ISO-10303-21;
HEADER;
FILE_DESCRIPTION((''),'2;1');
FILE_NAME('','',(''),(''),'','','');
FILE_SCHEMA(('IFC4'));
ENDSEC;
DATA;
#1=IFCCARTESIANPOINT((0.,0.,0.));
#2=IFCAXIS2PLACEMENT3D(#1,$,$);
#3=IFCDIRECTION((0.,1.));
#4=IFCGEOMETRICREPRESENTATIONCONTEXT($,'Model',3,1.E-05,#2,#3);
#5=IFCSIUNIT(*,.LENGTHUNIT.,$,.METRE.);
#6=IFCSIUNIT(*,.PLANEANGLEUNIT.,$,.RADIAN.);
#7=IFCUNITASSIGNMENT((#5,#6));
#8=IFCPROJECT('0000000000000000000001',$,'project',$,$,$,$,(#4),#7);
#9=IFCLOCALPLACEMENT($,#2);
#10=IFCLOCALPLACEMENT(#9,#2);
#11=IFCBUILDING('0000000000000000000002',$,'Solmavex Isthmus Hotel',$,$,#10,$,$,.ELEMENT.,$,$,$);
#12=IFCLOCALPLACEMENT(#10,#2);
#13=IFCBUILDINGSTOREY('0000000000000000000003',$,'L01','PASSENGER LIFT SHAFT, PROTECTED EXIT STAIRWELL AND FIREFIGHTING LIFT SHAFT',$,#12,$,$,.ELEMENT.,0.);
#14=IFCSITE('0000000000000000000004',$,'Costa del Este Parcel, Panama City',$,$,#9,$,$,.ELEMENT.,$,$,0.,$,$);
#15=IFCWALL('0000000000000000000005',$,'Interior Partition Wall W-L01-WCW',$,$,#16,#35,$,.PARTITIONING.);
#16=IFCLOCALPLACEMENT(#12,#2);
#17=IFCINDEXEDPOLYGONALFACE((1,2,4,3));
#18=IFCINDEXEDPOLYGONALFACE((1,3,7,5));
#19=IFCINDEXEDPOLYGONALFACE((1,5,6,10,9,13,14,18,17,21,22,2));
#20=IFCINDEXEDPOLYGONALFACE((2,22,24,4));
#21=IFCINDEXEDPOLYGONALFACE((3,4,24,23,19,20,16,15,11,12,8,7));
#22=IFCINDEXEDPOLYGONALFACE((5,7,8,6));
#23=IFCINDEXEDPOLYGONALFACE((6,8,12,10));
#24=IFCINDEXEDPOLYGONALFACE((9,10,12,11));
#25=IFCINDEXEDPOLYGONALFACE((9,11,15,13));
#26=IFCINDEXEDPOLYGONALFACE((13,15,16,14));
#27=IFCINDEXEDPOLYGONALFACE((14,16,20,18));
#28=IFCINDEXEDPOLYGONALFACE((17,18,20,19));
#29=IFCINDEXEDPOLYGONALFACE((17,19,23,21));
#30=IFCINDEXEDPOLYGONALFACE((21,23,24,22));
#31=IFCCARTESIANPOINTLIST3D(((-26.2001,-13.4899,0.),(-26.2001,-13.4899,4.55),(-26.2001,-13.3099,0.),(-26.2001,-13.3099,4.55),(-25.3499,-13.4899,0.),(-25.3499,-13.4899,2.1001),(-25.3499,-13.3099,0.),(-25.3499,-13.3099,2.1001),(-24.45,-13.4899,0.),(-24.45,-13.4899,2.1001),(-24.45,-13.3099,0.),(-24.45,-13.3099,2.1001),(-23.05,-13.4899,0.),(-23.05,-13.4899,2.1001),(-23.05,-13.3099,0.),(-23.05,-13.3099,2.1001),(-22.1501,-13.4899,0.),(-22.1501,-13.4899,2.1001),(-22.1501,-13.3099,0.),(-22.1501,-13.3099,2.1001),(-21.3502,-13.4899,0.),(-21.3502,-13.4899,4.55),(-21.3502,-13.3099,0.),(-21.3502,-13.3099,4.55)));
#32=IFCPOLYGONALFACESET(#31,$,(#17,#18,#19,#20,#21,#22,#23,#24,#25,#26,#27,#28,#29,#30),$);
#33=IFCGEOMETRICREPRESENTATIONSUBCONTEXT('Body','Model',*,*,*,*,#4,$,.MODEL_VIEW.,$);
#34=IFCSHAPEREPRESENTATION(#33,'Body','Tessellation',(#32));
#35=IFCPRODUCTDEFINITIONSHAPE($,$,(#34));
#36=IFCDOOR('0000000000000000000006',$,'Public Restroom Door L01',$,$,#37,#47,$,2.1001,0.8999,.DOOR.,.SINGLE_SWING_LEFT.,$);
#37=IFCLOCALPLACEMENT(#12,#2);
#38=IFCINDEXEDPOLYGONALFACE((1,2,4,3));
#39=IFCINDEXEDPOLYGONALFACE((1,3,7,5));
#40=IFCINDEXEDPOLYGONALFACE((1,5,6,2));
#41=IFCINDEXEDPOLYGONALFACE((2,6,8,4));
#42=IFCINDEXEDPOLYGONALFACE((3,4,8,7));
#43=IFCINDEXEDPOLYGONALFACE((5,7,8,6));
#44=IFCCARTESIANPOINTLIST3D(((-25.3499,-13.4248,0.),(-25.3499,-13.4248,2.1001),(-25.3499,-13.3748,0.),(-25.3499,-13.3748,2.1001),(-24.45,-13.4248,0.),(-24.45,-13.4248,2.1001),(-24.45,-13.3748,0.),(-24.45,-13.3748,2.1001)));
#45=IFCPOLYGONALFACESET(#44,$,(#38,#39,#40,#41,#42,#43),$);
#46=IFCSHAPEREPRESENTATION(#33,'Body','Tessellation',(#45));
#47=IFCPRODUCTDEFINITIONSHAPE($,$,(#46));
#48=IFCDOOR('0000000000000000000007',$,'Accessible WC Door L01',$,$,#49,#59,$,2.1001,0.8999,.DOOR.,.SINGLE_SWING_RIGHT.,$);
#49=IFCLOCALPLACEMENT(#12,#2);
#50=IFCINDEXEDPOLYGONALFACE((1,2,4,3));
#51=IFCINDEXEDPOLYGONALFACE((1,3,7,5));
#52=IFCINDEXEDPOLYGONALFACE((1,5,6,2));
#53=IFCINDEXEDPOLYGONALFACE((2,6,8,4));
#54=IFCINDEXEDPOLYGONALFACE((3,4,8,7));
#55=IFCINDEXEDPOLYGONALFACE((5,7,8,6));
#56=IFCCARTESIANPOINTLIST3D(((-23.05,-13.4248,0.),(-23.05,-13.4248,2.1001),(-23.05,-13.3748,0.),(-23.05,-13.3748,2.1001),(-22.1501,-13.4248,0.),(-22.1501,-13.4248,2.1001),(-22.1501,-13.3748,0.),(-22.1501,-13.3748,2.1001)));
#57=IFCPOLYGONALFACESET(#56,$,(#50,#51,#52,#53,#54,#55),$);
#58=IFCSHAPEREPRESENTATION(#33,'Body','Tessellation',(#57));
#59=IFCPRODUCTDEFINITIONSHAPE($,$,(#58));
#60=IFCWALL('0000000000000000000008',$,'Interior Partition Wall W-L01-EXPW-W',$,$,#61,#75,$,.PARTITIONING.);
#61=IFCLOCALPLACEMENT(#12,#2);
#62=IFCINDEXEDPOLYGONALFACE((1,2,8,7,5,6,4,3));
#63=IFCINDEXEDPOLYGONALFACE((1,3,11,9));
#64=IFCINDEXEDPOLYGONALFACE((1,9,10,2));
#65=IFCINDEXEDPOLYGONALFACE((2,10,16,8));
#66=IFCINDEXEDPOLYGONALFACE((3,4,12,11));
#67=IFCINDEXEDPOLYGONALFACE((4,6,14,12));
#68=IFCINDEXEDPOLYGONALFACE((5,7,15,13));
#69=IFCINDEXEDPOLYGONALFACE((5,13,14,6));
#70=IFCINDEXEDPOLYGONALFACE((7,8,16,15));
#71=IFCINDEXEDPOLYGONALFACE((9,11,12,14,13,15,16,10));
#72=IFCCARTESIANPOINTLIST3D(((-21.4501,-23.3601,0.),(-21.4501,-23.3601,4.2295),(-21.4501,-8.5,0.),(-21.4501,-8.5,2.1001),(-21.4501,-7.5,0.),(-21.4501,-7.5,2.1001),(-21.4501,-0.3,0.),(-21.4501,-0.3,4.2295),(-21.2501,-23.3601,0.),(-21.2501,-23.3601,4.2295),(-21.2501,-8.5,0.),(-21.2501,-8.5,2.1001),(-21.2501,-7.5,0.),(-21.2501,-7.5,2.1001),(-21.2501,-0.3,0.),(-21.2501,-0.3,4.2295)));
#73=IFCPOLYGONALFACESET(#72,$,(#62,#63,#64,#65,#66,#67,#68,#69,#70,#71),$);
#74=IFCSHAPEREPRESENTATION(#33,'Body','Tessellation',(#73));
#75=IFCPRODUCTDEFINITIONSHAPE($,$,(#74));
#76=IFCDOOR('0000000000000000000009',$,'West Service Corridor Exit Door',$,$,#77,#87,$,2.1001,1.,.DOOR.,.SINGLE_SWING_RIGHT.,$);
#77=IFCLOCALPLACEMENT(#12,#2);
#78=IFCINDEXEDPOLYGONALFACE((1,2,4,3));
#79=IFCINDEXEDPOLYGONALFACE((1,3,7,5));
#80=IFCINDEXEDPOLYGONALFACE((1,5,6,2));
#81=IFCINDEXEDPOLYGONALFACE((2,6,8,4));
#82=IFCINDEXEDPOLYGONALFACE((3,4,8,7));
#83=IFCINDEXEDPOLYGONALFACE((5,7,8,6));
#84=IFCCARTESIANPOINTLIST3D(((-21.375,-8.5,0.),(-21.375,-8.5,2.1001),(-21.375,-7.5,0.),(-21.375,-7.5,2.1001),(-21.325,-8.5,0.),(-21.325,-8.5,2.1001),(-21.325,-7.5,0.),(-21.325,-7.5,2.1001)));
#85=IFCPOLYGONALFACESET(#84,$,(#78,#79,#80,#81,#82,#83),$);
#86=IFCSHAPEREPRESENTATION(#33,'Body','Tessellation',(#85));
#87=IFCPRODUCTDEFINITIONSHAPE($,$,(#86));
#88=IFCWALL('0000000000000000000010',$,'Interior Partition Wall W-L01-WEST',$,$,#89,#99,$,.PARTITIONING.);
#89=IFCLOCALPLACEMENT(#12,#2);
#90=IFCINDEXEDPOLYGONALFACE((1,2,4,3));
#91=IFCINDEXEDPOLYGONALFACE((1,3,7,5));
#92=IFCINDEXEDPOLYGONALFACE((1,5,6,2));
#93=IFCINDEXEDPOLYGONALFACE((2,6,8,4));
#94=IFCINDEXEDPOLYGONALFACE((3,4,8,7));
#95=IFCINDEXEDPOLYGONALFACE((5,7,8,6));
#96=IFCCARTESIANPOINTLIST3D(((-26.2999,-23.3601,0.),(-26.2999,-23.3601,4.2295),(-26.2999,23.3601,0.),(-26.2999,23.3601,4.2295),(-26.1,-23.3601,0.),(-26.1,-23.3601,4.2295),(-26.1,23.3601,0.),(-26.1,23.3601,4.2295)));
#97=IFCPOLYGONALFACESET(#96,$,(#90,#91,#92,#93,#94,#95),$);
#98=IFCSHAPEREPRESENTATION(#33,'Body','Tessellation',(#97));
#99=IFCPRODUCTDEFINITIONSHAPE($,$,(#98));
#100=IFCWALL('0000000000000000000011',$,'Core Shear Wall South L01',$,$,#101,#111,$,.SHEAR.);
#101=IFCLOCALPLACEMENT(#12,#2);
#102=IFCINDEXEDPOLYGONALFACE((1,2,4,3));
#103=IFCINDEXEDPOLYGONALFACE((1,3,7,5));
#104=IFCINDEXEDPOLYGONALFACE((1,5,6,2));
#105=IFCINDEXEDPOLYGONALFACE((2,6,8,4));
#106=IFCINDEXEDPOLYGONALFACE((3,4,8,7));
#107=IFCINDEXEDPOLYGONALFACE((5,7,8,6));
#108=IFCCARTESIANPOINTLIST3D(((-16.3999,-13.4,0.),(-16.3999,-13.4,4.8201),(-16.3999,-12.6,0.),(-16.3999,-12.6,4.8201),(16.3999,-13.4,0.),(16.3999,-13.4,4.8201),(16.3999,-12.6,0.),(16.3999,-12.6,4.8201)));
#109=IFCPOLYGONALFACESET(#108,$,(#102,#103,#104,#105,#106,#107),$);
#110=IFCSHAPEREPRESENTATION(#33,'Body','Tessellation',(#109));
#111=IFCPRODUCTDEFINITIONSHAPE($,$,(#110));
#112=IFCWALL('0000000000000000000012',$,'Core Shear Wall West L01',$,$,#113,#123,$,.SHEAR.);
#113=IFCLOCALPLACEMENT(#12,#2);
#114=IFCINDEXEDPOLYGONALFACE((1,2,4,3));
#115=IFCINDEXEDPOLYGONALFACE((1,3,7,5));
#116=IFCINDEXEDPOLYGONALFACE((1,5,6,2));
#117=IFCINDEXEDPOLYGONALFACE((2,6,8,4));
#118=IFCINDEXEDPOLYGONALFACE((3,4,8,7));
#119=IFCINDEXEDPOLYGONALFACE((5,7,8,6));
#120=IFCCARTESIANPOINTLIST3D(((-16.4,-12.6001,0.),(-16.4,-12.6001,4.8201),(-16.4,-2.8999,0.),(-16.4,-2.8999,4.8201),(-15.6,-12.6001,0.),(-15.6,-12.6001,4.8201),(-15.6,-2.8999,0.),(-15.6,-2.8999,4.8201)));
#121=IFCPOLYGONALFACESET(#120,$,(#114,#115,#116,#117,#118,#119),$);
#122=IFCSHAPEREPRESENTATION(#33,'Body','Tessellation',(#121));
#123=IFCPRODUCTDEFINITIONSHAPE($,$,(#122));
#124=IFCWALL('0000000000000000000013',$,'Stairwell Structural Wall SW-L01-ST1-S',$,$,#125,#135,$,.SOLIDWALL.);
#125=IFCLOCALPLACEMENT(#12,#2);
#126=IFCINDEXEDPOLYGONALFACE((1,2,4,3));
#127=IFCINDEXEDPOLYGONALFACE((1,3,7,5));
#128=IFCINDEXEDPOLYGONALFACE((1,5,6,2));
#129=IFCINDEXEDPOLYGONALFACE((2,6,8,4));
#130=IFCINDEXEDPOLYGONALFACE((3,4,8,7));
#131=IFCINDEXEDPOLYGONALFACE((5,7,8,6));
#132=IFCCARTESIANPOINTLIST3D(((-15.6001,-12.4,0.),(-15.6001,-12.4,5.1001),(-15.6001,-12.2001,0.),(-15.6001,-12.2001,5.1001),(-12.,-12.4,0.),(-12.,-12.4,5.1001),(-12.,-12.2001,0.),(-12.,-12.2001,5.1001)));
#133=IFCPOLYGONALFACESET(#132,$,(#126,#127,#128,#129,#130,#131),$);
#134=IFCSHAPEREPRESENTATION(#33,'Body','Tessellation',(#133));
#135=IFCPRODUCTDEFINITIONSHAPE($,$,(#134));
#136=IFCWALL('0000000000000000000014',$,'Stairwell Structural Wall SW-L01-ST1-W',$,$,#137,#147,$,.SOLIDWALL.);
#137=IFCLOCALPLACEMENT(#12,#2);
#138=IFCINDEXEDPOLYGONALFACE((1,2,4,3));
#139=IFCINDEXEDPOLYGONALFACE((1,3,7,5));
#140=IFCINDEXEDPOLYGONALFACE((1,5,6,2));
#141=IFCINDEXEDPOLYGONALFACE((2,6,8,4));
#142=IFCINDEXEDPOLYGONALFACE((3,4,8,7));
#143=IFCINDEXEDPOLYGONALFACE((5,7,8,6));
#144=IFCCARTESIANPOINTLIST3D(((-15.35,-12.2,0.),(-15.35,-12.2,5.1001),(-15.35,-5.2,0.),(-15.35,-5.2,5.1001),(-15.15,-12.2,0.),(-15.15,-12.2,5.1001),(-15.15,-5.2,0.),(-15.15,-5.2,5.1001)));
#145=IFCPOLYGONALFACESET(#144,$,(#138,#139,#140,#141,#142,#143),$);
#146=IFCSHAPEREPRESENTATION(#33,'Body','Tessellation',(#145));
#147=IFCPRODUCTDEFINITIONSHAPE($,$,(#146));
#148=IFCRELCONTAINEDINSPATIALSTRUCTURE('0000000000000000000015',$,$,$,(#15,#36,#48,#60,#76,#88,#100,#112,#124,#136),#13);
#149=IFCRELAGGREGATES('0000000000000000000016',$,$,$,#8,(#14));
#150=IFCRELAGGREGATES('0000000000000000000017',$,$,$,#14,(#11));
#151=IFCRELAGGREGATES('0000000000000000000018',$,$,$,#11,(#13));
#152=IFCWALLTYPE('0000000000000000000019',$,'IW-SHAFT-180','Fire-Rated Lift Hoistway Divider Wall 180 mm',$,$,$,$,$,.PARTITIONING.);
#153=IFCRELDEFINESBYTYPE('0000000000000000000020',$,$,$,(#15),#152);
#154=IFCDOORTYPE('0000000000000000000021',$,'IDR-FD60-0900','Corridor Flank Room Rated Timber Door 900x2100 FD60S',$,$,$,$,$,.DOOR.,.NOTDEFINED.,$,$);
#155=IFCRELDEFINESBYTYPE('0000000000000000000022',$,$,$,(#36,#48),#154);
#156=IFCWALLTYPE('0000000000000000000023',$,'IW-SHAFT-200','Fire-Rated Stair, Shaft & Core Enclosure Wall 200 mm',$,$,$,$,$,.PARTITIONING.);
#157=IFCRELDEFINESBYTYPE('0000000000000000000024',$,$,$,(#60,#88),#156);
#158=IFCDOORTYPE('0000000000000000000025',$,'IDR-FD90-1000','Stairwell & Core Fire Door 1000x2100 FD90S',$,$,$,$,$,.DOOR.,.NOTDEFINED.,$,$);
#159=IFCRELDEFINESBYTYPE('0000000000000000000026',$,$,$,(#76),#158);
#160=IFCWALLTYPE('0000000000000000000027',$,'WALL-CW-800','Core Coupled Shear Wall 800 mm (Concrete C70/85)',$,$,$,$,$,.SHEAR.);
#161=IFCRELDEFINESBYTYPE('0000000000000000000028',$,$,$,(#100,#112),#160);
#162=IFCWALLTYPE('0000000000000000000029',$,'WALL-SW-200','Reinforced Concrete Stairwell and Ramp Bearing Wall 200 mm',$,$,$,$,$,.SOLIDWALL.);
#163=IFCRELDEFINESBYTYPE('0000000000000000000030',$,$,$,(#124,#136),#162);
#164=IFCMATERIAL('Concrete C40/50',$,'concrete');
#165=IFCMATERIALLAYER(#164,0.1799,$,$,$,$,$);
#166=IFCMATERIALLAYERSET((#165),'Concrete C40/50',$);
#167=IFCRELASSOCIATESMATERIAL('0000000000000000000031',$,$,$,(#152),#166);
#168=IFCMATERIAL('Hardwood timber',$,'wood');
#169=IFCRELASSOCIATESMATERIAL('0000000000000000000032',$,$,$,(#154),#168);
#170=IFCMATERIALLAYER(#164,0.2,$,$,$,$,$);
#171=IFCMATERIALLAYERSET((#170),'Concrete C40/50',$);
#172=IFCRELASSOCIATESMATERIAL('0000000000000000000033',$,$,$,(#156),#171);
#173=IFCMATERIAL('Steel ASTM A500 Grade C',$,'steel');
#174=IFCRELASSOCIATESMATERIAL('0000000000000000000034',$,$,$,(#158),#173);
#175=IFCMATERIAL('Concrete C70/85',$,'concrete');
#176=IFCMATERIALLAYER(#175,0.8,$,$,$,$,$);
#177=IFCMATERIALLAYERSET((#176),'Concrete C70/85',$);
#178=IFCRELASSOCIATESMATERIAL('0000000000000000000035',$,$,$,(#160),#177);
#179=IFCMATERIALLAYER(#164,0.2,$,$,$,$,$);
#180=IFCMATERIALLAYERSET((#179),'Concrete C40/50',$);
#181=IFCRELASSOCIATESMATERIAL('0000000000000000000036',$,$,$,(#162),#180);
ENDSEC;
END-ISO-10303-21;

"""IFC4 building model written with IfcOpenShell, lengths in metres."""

from ifc_helpers import new_model, si_unit, direction, frame, frame_2d, origin, place, context, subcontext, project, spatial, rectangle, extrude, material, layer, layer_set, type_object, element, fill, save


model = new_model("IFC4")

# Units and contexts
model_context = context("Model", 3, precision=1e-05, world=origin(), true_north=direction((0.0, 1.0)))
body_context = subcontext(model_context, "Body", "Model", "MODEL_VIEW")
ifc_project = project(units=[si_unit("LENGTHUNIT", "METRE"), si_unit("PLANEANGLEUNIT", "RADIAN")], contexts=[model_context])

# Site, building, storey
site_placement = place(None, origin())
site = spatial("IfcSite", under=ifc_project, at=site_placement, Name="Costa del Este Parcel, Panama City", CompositionType="ELEMENT", RefElevation=0.0)
building_placement = place(site_placement, origin())
building = spatial("IfcBuilding", under=site, at=building_placement, Name="Solmavex Isthmus Hotel", CompositionType="ELEMENT")
storey_placement = place(building_placement, origin())
storey = spatial("IfcBuildingStorey", under=building, at=storey_placement, Name="L01", Description="PASSENGER LIFT SHAFT, PROTECTED EXIT STAIRWELL AND FIREFIGHTING LIFT SHAFT", CompositionType="ELEMENT", Elevation=0.0)

# Shared definitions
ifc_material_1 = material(Name="Concrete C70/85", Category="concrete")

# Wall, openings, doors
ifc_material_2 = material(Name="Concrete C40/50", Category="concrete")
ifc_layer_1 = layer(ifc_material_2, 0.1799)
ifc_layer_set_1 = layer_set([ifc_layer_1], Name="Concrete C40/50")
wall_type_1 = type_object("IfcWallType", Name="IW-SHAFT-180", Description="Fire-Rated Lift Hoistway Divider Wall 180 mm", PredefinedType="PARTITIONING", material=ifc_layer_set_1)
wall_1_placement = place(storey_placement, frame((-26.2, -13.3999, 0.0), z_axis=(0.0, 0.0, 1.0), x_axis=(1.0, 0.0, 0.0)))
wall_1 = element("IfcWall", 1, at=wall_1_placement, inside=storey, type_object=wall_type_1, Name="Interior Partition Wall W-L01-WCW", PredefinedType="PARTITIONING", context=body_context, shape_type="SweptSolid", body=[
    extrude(rectangle(XDim=4.8499, YDim=0.1799, at=frame_2d((2.4248, 0.0))), origin(), (0.0, 0.0, 1.0), 4.55),
])
opening_1_placement = place(wall_1_placement, frame((0.8501, 0.0, 0.0)))
opening_1 = element("IfcOpeningElement", 2, at=opening_1_placement, cuts=wall_1, PredefinedType="OPENING", context=body_context, shape_type="SweptSolid", body=[
    extrude(rectangle(XDim=0.8999, YDim=2.1001, at=frame_2d((0.45, 1.05))), frame((0.0, 0.0999, 0.0), z_axis=(0.0, -1.0, 0.0), x_axis=(1.0, 0.0, 0.0)), (0.0, 0.0, 1.0), 0.2),
])
opening_2_placement = place(wall_1_placement, frame((3.1499, 0.0, 0.0)))
opening_2 = element("IfcOpeningElement", 3, at=opening_2_placement, cuts=wall_1, PredefinedType="OPENING", context=body_context, shape_type="SweptSolid", body=[
    extrude(rectangle(XDim=0.8999, YDim=2.1001, at=frame_2d((0.45, 1.05))), frame((0.0, 0.0999, 0.0), z_axis=(0.0, -1.0, 0.0), x_axis=(1.0, 0.0, 0.0)), (0.0, 0.0, 1.0), 0.2),
])
ifc_material_3 = material(Name="Hardwood timber", Category="wood")
door_type_1 = type_object("IfcDoorType", Name="IDR-FD60-0900", Description="Corridor Flank Room Rated Timber Door 900x2100 FD60S", OperationType="NOTDEFINED", PredefinedType="DOOR", material=ifc_material_3)
door_1_placement = place(opening_1_placement, frame((0.8999, 0.0, 0.0), z_axis=(0.0, 0.0, 1.0), x_axis=(-1.0, 0.0, 0.0)))
door_1 = element("IfcDoor", 4, at=door_1_placement, inside=storey, type_object=door_type_1, Name="Public Restroom Door L01", OperationType="SINGLE_SWING_LEFT", OverallHeight=2.1001, OverallWidth=0.8999, PredefinedType="DOOR", context=body_context, shape_type="SweptSolid", body=[
    extrude(rectangle(XDim=0.8999, YDim=2.1001, at=frame_2d((0.45, 1.05))), frame((0.0, 0.0249, 0.0), z_axis=(0.0, -1.0, 0.0), x_axis=(1.0, 0.0, 0.0)), (0.0, 0.0, 1.0), 0.05),
])
fill(opening_1, door_1)
door_2_placement = place(opening_2_placement, frame((0.8999, 0.0, 0.0), z_axis=(0.0, 0.0, 1.0), x_axis=(-1.0, 0.0, 0.0)))
door_2 = element("IfcDoor", 5, at=door_2_placement, inside=storey, type_object=door_type_1, Name="Accessible WC Door L01", OperationType="SINGLE_SWING_RIGHT", OverallHeight=2.1001, OverallWidth=0.8999, PredefinedType="DOOR", context=body_context, shape_type="SweptSolid", body=[
    extrude(rectangle(XDim=0.8999, YDim=2.1001, at=frame_2d((0.45, 1.05))), frame((0.0, 0.0249, 0.0), z_axis=(0.0, -1.0, 0.0), x_axis=(1.0, 0.0, 0.0)), (0.0, 0.0, 1.0), 0.05),
])
fill(opening_2, door_2)

# Wall, opening, door
ifc_layer_2 = layer(ifc_material_2, 0.2)
ifc_layer_set_2 = layer_set([ifc_layer_2], Name="Concrete C40/50")
wall_type_2 = type_object("IfcWallType", Name="IW-SHAFT-200", Description="Fire-Rated Stair, Shaft & Core Enclosure Wall 200 mm", PredefinedType="PARTITIONING", material=ifc_layer_set_2)
wall_2_placement = place(storey_placement, frame((-21.3501, -23.3601, 0.0), z_axis=(0.0, 0.0, 1.0), x_axis=(0.0, 1.0, 0.0)))
wall_2 = element("IfcWall", 6, at=wall_2_placement, inside=storey, type_object=wall_type_2, Name="Interior Partition Wall W-L01-EXPW-W", PredefinedType="PARTITIONING", context=body_context, shape_type="SweptSolid", body=[
    extrude(rectangle(XDim=23.0601, YDim=0.2, at=frame_2d((11.53, 0.0))), origin(), (0.0, 0.0, 1.0), 4.2295),
])
opening_3_placement = place(wall_2_placement, frame((14.8601, 0.0, 0.0)))
opening_3 = element("IfcOpeningElement", 7, at=opening_3_placement, cuts=wall_2, PredefinedType="OPENING", context=body_context, shape_type="SweptSolid", body=[
    extrude(rectangle(XDim=1.0, YDim=2.1001, at=frame_2d((0.5, 1.05))), frame((0.0, 0.1099, 0.0), z_axis=(0.0, -1.0, 0.0), x_axis=(1.0, 0.0, 0.0)), (0.0, 0.0, 1.0), 0.22),
])
ifc_material_4 = material(Name="Steel ASTM A500 Grade C", Category="steel")
door_type_2 = type_object("IfcDoorType", Name="IDR-FD90-1000", Description="Stairwell & Core Fire Door 1000x2100 FD90S", OperationType="NOTDEFINED", PredefinedType="DOOR", material=ifc_material_4)
door_3_placement = place(opening_3_placement, origin())
door_3 = element("IfcDoor", 8, at=door_3_placement, inside=storey, type_object=door_type_2, Name="West Service Corridor Exit Door", OperationType="SINGLE_SWING_RIGHT", OverallHeight=2.1001, OverallWidth=1.0, PredefinedType="DOOR", context=body_context, shape_type="SweptSolid", body=[
    extrude(rectangle(XDim=1.0, YDim=2.1001, at=frame_2d((0.5, 1.05))), frame((0.0, 0.0249, 0.0), z_axis=(0.0, -1.0, 0.0), x_axis=(1.0, 0.0, 0.0)), (0.0, 0.0, 1.0), 0.05),
])
fill(opening_3, door_3)

# Walls
wall_3_placement = place(storey_placement, frame((-26.2, -23.3601, 0.0), z_axis=(0.0, 0.0, 1.0), x_axis=(0.0, 1.0, 0.0)))
element("IfcWall", 9, at=wall_3_placement, inside=storey, type_object=wall_type_2, Name="Interior Partition Wall W-L01-WEST", PredefinedType="PARTITIONING", context=body_context, shape_type="SweptSolid", body=[
    extrude(rectangle(XDim=46.7202, YDim=0.2, at=frame_2d((23.3601, 0.0))), origin(), (0.0, 0.0, 1.0), 4.2295),
])
ifc_layer_3 = layer(ifc_material_1, 0.8)
ifc_layer_set_3 = layer_set([ifc_layer_3], Name="Concrete C70/85")
wall_type_3 = type_object("IfcWallType", Name="WALL-CW-800", Description="Core Coupled Shear Wall 800 mm (Concrete C70/85)", PredefinedType="SHEAR", material=ifc_layer_set_3)
wall_4_placement = place(storey_placement, frame((-16.3999, -13.0, 0.0), z_axis=(0.0, 0.0, 1.0), x_axis=(1.0, 0.0, 0.0)))
element("IfcWall", 10, at=wall_4_placement, inside=storey, type_object=wall_type_3, Name="Core Shear Wall South L01", PredefinedType="SHEAR", context=body_context, shape_type="SweptSolid", body=[
    extrude(rectangle(XDim=32.7998, YDim=0.8, at=frame_2d((16.3999, 0.0))), origin(), (0.0, 0.0, 1.0), 4.8201),
])
wall_5_placement = place(storey_placement, frame((-16.0, -12.6001, 0.0), z_axis=(0.0, 0.0, 1.0), x_axis=(0.0, 1.0, 0.0)))
element("IfcWall", 11, at=wall_5_placement, inside=storey, type_object=wall_type_3, Name="Core Shear Wall West L01", PredefinedType="SHEAR", context=body_context, shape_type="SweptSolid", body=[
    extrude(rectangle(XDim=9.7002, YDim=0.8, at=frame_2d((4.8501, 0.0))), origin(), (0.0, 0.0, 1.0), 4.8201),
])
ifc_layer_4 = layer(ifc_material_2, 0.2)
ifc_layer_set_4 = layer_set([ifc_layer_4], Name="Concrete C40/50")
wall_type_4 = type_object("IfcWallType", Name="WALL-SW-200", Description="Reinforced Concrete Stairwell and Ramp Bearing Wall 200 mm", PredefinedType="SOLIDWALL", material=ifc_layer_set_4)
wall_6_placement = place(storey_placement, frame((-15.6001, -12.3, 0.0), z_axis=(0.0, 0.0, 1.0), x_axis=(1.0, 0.0, 0.0)))
element("IfcWall", 12, at=wall_6_placement, inside=storey, type_object=wall_type_4, Name="Stairwell Structural Wall SW-L01-ST1-S", PredefinedType="SOLIDWALL", context=body_context, shape_type="SweptSolid", body=[
    extrude(rectangle(XDim=3.6001, YDim=0.2, at=frame_2d((1.8, 0.0))), origin(), (0.0, 0.0, 1.0), 5.1001),
])
wall_7_placement = place(storey_placement, frame((-15.25, -12.2, 0.0), z_axis=(0.0, 0.0, 1.0), x_axis=(0.0, 1.0, 0.0)))
element("IfcWall", 13, at=wall_7_placement, inside=storey, type_object=wall_type_4, Name="Stairwell Structural Wall SW-L01-ST1-W", PredefinedType="SOLIDWALL", context=body_context, shape_type="SweptSolid", body=[
    extrude(rectangle(XDim=7.0, YDim=0.2, at=frame_2d((3.5, 0.0))), origin(), (0.0, 0.0, 1.0), 5.1001),
])

save(model, "model.ifc")
